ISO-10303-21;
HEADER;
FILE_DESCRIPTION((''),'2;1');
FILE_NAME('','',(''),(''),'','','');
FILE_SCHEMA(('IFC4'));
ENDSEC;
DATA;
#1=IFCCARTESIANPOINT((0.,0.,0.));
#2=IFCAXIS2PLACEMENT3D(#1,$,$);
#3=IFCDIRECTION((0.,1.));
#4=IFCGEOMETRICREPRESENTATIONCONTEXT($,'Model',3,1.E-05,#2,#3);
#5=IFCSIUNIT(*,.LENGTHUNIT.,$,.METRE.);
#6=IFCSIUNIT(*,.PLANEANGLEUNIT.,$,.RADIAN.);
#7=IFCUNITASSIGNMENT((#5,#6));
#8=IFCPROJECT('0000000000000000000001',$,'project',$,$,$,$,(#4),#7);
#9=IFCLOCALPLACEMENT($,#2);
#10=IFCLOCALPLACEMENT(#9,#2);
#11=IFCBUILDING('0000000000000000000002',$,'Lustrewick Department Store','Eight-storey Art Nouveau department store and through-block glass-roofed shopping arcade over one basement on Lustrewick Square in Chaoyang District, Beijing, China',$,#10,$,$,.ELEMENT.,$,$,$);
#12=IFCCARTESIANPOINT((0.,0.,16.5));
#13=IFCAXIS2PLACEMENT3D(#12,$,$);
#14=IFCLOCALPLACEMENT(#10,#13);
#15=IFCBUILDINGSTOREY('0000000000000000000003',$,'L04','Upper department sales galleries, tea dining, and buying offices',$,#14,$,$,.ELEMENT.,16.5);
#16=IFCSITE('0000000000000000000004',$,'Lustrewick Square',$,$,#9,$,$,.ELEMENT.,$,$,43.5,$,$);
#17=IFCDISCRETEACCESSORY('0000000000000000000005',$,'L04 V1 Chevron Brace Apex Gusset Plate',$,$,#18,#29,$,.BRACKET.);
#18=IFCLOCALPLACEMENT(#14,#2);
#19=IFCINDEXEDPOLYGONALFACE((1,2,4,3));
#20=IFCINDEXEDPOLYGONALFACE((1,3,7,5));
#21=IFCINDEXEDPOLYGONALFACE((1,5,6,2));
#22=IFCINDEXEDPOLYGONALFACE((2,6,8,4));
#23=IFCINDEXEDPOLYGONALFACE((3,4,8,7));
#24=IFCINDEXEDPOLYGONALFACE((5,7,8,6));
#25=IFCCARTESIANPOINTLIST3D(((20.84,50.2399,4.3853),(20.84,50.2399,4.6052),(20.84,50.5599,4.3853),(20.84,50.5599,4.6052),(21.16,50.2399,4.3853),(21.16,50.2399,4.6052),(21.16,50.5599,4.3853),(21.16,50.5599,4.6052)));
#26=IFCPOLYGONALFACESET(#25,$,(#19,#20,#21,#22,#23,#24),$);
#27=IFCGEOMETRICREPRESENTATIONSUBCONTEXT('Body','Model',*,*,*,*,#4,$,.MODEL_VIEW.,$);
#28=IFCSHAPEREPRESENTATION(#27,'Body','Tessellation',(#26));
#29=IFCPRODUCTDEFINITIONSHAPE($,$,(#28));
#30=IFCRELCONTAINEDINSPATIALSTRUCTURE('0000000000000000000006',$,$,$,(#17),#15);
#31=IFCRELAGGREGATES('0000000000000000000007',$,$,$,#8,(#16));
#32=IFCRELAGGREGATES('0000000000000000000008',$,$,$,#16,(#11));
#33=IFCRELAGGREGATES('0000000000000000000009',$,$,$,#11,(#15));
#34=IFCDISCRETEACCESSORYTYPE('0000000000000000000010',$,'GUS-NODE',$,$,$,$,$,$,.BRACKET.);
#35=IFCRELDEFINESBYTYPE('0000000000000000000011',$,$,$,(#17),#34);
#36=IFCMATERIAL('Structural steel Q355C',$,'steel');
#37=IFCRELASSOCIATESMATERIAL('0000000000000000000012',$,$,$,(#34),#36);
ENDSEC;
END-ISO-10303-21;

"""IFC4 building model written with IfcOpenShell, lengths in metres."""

from ifc_helpers import new_model, si_unit, direction, frame, origin, origin_2d, place, context, subcontext, project, spatial, rectangle, extrude, material, type_object, element, save


model = new_model("IFC4")

# Units and contexts
model_context = context("Model", 3, precision=1e-05, world=origin(), true_north=direction((0.0, 1.0)))
body_context = subcontext(model_context, "Body", "Model", "MODEL_VIEW")
ifc_project = project(units=[si_unit("LENGTHUNIT", "METRE"), si_unit("PLANEANGLEUNIT", "RADIAN")], contexts=[model_context])

# Site, building, storey
site_placement = place(None, origin())
site = spatial("IfcSite", under=ifc_project, at=site_placement, Name="Lustrewick Square", CompositionType="ELEMENT", RefElevation=43.5)
building_placement = place(site_placement, origin())
building = spatial("IfcBuilding", under=site, at=building_placement, Name="Lustrewick Department Store", Description="Eight-storey Art Nouveau department store and through-block glass-roofed shopping arcade over one basement on Lustrewick Square in Chaoyang District, Beijing, China", CompositionType="ELEMENT")
storey_placement = place(building_placement, frame((0.0, 0.0, 16.5)))
storey = spatial("IfcBuildingStorey", under=building, at=storey_placement, Name="L04", Description="Upper department sales galleries, tea dining, and buying offices", CompositionType="ELEMENT", Elevation=16.5)

# Shared definitions
ifc_material_1 = material(Name="Structural steel Q355C", Category="steel")

# Discrete accessory
discrete_accessory_type = type_object("IfcDiscreteAccessoryType", Name="GUS-NODE", PredefinedType="BRACKET", material=ifc_material_1)
discrete_accessory_1_placement = place(storey_placement, frame((21.0, 50.3999, 4.3853), z_axis=(0.0, 0.0, 1.0), x_axis=(1.0, 0.0, 0.0)))
element("IfcDiscreteAccessory", 1, at=discrete_accessory_1_placement, inside=storey, type_object=discrete_accessory_type, Name="L04 V1 Chevron Brace Apex Gusset Plate", PredefinedType="BRACKET", context=body_context, shape_type="SweptSolid", body=[
    extrude(rectangle(XDim=0.3201, YDim=0.3201, at=origin_2d()), origin(), (0.0, 0.0, 1.0), 0.22),
])

save(model, "model.ifc")
